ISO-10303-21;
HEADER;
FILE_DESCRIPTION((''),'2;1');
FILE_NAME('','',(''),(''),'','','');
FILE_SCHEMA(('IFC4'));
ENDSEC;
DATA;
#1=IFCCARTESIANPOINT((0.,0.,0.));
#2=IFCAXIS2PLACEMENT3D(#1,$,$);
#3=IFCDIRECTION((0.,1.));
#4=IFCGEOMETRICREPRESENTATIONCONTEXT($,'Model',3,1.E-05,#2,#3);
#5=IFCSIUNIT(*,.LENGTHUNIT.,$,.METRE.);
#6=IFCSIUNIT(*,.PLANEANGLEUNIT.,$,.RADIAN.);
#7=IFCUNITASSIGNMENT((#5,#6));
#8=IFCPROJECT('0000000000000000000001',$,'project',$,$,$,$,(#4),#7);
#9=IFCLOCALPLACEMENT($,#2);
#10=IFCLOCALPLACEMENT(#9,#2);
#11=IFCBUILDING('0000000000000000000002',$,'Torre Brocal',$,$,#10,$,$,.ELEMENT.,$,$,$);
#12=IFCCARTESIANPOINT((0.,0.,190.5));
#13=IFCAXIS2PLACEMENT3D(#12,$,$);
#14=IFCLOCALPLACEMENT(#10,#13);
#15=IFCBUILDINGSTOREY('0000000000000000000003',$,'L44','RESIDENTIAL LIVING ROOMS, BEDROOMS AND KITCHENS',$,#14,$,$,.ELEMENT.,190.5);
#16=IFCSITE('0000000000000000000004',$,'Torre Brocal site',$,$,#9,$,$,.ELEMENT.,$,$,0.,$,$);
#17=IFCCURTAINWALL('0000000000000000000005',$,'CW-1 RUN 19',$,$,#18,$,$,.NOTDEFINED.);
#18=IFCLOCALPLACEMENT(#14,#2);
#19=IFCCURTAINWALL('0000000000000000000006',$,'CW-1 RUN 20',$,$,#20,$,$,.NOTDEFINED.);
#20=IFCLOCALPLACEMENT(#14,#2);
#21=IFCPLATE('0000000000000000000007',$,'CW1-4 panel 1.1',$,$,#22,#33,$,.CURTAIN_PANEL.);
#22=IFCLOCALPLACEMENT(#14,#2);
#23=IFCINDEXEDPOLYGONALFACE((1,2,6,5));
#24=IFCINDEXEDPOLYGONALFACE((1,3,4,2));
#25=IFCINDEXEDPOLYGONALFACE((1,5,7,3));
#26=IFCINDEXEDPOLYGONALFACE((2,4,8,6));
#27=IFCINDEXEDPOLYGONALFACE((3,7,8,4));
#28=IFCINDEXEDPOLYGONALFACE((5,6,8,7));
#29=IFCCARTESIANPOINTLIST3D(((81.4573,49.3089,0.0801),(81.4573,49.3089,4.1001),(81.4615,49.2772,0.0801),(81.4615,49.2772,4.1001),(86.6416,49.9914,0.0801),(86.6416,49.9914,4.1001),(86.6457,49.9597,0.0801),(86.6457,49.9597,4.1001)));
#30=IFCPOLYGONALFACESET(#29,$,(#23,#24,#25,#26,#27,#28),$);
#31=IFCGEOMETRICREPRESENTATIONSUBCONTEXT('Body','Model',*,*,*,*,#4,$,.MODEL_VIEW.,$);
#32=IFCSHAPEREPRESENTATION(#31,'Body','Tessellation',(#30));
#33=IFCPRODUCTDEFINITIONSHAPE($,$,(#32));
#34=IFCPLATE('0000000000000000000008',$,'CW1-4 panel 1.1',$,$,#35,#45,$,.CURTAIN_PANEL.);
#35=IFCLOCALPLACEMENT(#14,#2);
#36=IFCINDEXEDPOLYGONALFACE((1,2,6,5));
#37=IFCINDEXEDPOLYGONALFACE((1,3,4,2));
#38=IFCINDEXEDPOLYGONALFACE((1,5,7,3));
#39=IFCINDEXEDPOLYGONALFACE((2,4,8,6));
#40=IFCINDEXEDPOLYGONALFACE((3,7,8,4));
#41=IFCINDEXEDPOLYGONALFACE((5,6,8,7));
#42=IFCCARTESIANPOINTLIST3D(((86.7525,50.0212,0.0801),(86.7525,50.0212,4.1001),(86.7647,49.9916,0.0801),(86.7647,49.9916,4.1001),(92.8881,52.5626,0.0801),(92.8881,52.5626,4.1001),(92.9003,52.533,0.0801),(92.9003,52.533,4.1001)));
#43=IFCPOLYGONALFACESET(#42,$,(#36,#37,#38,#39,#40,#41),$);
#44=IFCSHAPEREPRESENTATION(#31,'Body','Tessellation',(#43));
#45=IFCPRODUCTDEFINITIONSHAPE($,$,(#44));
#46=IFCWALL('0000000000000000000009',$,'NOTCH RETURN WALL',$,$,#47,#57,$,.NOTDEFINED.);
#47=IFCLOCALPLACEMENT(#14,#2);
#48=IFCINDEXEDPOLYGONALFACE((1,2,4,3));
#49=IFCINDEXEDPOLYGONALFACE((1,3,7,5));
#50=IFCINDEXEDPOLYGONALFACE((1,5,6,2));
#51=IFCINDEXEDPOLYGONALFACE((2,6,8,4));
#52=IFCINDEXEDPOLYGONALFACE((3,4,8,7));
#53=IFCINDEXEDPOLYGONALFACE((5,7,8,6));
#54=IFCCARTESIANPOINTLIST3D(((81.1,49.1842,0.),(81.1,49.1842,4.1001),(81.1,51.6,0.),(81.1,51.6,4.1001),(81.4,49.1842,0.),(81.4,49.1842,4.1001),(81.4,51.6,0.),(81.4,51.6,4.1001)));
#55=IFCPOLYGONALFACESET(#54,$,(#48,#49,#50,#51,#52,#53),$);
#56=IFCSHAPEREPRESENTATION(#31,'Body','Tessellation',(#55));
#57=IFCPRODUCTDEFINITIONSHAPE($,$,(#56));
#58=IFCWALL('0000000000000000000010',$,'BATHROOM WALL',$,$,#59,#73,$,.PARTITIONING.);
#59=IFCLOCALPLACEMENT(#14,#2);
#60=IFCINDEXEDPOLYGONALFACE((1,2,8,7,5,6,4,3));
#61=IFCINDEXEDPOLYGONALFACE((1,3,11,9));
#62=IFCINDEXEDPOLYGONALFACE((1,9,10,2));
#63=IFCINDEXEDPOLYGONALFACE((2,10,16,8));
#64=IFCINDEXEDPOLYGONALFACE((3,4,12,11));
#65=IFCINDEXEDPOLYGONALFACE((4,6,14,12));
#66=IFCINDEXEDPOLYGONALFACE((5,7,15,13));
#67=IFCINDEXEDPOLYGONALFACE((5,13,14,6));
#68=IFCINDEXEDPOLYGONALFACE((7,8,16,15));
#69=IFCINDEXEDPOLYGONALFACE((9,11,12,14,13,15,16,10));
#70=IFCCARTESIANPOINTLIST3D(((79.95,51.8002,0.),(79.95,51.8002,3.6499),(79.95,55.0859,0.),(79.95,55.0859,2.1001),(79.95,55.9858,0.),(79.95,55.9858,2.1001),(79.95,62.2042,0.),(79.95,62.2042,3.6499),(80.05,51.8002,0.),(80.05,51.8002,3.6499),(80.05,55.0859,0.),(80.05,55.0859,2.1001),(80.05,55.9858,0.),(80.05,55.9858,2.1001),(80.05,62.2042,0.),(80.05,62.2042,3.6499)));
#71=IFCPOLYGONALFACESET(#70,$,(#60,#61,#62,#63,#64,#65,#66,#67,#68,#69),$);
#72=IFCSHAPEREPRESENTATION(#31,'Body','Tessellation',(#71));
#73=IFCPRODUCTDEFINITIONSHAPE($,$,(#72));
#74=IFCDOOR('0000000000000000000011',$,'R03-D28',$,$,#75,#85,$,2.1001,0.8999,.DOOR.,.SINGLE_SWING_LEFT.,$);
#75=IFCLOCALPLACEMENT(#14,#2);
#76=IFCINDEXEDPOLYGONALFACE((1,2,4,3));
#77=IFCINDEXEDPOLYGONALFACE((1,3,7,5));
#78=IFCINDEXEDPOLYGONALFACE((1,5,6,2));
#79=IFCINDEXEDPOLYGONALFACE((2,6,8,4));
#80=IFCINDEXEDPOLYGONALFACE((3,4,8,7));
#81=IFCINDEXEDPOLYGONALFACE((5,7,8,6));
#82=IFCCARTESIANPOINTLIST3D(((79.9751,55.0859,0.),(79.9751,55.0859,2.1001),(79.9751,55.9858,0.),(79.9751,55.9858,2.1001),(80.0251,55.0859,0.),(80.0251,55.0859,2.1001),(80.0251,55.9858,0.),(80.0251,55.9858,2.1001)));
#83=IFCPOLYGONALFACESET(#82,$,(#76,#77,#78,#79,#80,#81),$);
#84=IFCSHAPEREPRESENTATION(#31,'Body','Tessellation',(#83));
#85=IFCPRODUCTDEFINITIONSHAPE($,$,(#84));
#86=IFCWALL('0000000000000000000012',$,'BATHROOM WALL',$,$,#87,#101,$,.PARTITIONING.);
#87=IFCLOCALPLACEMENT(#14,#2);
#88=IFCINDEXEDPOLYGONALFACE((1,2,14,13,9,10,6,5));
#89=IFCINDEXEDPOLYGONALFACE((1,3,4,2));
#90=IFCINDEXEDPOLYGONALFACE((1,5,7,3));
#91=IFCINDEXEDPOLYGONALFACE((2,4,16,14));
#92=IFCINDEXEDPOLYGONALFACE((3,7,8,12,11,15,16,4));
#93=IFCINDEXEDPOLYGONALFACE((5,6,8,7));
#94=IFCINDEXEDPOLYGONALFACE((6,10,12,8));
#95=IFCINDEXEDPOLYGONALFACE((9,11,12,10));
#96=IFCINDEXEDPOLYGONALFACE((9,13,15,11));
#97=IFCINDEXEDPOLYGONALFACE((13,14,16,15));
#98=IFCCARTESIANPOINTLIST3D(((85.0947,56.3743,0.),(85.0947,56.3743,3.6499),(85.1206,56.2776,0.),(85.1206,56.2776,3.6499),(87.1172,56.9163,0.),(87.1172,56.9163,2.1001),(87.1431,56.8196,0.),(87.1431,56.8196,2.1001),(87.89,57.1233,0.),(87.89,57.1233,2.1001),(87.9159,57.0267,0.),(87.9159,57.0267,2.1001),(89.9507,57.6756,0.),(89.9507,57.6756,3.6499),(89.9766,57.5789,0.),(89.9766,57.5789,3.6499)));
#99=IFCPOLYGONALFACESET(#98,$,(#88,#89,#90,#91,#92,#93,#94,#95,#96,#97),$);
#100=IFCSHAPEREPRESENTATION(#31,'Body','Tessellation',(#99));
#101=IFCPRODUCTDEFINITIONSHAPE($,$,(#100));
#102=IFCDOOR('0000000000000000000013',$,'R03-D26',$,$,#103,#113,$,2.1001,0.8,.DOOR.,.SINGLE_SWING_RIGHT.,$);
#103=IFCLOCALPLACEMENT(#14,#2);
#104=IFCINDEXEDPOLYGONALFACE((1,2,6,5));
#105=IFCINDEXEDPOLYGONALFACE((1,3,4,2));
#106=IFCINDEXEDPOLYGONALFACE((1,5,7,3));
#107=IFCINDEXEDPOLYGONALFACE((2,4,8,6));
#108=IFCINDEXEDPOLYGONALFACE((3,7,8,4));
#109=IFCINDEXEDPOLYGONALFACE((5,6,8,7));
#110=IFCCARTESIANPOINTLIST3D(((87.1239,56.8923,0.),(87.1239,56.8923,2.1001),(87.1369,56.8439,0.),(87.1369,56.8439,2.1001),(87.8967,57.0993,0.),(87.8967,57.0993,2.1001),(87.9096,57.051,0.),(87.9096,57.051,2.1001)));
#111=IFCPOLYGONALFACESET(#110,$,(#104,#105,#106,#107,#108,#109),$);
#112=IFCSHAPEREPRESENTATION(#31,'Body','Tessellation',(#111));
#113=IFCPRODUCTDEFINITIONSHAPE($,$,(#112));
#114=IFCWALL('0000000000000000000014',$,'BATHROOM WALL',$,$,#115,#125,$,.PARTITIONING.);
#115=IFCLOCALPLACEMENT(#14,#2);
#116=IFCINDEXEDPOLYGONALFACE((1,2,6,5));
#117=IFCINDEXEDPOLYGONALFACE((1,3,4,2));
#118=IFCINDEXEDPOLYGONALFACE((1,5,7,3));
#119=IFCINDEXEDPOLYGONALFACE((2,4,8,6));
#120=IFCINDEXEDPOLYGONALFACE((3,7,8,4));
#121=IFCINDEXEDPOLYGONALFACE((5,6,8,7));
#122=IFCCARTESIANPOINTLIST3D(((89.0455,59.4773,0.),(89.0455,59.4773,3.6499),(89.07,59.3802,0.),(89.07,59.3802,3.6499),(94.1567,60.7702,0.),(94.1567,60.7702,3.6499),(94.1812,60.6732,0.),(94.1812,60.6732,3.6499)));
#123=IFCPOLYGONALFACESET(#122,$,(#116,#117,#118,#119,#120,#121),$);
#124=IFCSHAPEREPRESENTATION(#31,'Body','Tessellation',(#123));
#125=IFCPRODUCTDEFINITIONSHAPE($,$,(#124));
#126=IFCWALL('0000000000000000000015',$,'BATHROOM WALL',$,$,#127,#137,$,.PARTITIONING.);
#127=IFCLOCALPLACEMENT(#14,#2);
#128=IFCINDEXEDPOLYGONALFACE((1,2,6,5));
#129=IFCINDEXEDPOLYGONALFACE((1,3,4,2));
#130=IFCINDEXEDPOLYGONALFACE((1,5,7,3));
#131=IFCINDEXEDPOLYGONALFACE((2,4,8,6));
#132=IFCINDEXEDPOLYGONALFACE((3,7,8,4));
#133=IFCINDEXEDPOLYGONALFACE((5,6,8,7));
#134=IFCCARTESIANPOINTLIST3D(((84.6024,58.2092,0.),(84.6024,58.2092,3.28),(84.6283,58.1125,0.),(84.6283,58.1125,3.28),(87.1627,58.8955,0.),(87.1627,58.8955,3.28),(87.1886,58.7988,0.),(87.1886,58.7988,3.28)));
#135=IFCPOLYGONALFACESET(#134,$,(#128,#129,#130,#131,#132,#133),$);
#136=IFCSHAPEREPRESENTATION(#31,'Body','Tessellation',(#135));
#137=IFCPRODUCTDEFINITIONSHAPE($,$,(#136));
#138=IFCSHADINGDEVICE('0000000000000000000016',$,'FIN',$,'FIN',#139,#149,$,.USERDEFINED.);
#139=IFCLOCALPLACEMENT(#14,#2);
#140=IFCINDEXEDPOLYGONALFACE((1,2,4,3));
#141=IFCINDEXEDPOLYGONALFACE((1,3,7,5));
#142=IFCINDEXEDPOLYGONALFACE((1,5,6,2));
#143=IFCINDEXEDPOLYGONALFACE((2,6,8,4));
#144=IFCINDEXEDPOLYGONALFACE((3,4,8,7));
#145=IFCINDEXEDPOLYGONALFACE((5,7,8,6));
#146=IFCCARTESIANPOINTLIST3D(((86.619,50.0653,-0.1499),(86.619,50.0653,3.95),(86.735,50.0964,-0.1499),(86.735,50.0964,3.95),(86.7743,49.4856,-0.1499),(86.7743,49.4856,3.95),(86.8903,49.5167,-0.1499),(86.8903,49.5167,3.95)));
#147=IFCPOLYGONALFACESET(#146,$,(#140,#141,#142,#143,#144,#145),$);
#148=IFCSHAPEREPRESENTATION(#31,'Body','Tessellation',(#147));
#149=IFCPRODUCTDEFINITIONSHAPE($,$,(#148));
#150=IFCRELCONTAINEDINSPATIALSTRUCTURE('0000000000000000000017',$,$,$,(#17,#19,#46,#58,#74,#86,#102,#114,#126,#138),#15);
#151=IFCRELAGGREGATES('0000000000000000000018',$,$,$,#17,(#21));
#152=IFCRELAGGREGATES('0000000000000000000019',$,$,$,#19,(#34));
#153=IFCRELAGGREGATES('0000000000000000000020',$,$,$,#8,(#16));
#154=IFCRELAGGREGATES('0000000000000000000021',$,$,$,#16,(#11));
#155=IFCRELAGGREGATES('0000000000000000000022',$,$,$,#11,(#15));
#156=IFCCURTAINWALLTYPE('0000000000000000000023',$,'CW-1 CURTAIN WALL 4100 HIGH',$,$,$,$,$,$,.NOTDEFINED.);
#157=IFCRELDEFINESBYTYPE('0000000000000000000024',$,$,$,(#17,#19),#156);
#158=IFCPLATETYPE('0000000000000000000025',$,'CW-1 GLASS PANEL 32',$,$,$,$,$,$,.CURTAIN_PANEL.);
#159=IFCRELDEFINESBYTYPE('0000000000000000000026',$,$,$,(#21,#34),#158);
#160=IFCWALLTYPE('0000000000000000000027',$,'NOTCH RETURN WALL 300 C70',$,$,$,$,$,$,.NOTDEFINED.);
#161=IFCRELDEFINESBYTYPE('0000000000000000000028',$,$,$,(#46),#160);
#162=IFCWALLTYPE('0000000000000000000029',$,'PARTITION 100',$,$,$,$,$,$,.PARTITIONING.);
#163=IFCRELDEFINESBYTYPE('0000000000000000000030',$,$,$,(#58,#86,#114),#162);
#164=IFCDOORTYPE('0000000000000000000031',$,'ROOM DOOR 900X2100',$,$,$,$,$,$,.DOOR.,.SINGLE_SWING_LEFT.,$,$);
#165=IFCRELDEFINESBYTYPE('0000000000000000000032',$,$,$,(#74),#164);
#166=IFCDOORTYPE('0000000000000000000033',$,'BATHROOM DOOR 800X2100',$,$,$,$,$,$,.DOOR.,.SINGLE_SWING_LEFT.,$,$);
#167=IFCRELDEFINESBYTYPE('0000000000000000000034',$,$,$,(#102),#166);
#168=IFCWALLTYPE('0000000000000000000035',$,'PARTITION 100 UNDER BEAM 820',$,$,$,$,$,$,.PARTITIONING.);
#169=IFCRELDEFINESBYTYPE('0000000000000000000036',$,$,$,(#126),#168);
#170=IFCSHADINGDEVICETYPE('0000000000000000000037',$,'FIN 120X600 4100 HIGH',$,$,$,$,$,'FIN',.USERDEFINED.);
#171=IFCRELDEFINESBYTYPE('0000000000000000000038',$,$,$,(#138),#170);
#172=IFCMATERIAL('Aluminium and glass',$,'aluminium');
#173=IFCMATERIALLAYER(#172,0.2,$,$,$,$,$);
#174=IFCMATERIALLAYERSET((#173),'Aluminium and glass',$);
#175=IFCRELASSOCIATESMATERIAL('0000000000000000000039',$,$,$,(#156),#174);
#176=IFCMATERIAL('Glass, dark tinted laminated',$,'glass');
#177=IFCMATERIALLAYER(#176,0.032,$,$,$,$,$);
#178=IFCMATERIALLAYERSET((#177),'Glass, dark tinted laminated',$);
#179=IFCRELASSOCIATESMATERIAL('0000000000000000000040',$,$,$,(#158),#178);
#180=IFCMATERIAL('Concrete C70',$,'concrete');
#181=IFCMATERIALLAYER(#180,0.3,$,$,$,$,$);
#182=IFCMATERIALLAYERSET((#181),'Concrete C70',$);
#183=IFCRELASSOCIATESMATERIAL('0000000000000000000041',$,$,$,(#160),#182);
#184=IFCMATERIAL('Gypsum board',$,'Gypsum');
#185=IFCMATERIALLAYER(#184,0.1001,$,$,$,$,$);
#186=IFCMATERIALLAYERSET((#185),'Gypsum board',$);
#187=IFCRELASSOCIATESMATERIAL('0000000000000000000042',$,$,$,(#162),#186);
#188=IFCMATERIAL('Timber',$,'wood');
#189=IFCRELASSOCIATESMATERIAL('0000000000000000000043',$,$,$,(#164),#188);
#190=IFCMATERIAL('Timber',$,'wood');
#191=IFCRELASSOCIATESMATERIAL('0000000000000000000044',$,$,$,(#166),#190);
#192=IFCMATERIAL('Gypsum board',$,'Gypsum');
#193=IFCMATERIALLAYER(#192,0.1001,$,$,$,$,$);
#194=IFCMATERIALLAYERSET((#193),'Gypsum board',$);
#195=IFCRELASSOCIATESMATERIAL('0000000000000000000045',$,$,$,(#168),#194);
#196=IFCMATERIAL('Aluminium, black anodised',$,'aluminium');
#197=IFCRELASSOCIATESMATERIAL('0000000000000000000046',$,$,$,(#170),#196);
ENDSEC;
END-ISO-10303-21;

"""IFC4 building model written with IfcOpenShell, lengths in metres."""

from ifc_helpers import new_model, si_unit, direction, frame, frame_2d, origin, origin_2d, place, context, subcontext, project, spatial, rectangle, extrude, material, layer, layer_set, material_profile, profile_set, type_object, element, fill, aggregate, save


model = new_model("IFC4")

# Units and contexts
model_context = context("Model", 3, precision=1e-05, world=origin(), true_north=direction((0.0, 1.0)))
body_context = subcontext(model_context, "Body", "Model", "MODEL_VIEW")
ifc_project = project(units=[si_unit("LENGTHUNIT", "METRE"), si_unit("PLANEANGLEUNIT", "RADIAN")], contexts=[model_context])

# Site, building, storey
site_placement = place(None, origin())
site = spatial("IfcSite", under=ifc_project, at=site_placement, Name="Torre Brocal site", CompositionType="ELEMENT", RefElevation=0.0)
building_placement = place(site_placement, origin())
building = spatial("IfcBuilding", under=site, at=building_placement, Name="Torre Brocal", CompositionType="ELEMENT")
storey_placement = place(building_placement, frame((0.0, 0.0, 190.5)))
storey = spatial("IfcBuildingStorey", under=building, at=storey_placement, Name="L44", Description="RESIDENTIAL LIVING ROOMS, BEDROOMS AND KITCHENS", CompositionType="ELEMENT", Elevation=190.5)

# Curtain wall
ifc_material_1 = material(Name="Aluminium and glass", Category="aluminium")
ifc_layer_1 = layer(ifc_material_1, 0.2)
ifc_layer_set_1 = layer_set([ifc_layer_1], Name="Aluminium and glass")
curtain_wall_type = type_object("IfcCurtainWallType", Name="CW-1 CURTAIN WALL 4100 HIGH", PredefinedType="NOTDEFINED", material=ifc_layer_set_1)
curtain_wall_1_placement = place(storey_placement, origin())
curtain_wall_1 = element("IfcCurtainWall", 1, at=curtain_wall_1_placement, inside=storey, type_object=curtain_wall_type, Name="CW-1 RUN 19", PredefinedType="NOTDEFINED")

# Curtain wall
curtain_wall_2_placement = place(storey_placement, origin())
curtain_wall_2 = element("IfcCurtainWall", 2, at=curtain_wall_2_placement, inside=storey, type_object=curtain_wall_type, Name="CW-1 RUN 20", PredefinedType="NOTDEFINED")

# Plates
ifc_material_2 = material(Name="Glass, dark tinted laminated", Category="glass")
ifc_layer_2 = layer(ifc_material_2, 0.032)
ifc_layer_set_2 = layer_set([ifc_layer_2], Name="Glass, dark tinted laminated")
plate_type = type_object("IfcPlateType", Name="CW-1 GLASS PANEL 32", PredefinedType="CURTAIN_PANEL", material=ifc_layer_set_2)
plate_1_placement = place(storey_placement, frame((84.0515, 49.6343, 0.0801), z_axis=(0.0, 0.0, 1.0), x_axis=(0.991445, 0.130526, 0.0)))
plate_1 = element("IfcPlate", 3, at=plate_1_placement, type_object=plate_type, Name="CW1-4 panel 1.1", PredefinedType="CURTAIN_PANEL", context=body_context, shape_type="SweptSolid", body=[
    extrude(rectangle(XDim=5.229, YDim=0.032, at=origin_2d()), origin(), (0.0, 0.0, 1.0), 4.02),
])
aggregate(curtain_wall_1, [plate_1])
plate_2_placement = place(storey_placement, frame((89.8264, 51.2771, 0.0801), z_axis=(0.0, 0.0, 1.0), x_axis=(0.92388, 0.382683, 0.0)))
plate_2 = element("IfcPlate", 4, at=plate_2_placement, type_object=plate_type, Name="CW1-4 panel 1.1", PredefinedType="CURTAIN_PANEL", context=body_context, shape_type="SweptSolid", body=[
    extrude(rectangle(XDim=6.6411, YDim=0.032, at=origin_2d()), origin(), (0.0, 0.0, 1.0), 4.02),
])
aggregate(curtain_wall_2, [plate_2])

# Wall
ifc_material_3 = material(Name="Concrete C70", Category="concrete")
ifc_layer_3 = layer(ifc_material_3, 0.3)
ifc_layer_set_3 = layer_set([ifc_layer_3], Name="Concrete C70")
wall_type_1 = type_object("IfcWallType", Name="NOTCH RETURN WALL 300 C70", PredefinedType="NOTDEFINED", material=ifc_layer_set_3)
wall_1_placement = place(storey_placement, frame((81.25, 51.6001, 0.0), z_axis=(0.0, 0.0, 1.0), x_axis=(0.0, -1.0, 0.0)))
element("IfcWall", 5, at=wall_1_placement, inside=storey, type_object=wall_type_1, Name="NOTCH RETURN WALL", PredefinedType="NOTDEFINED", context=body_context, shape_type="SweptSolid", body=[
    extrude(rectangle(XDim=2.4158, YDim=0.3, at=frame_2d((1.208, 0.0))), origin(), (0.0, 0.0, 1.0), 4.1001),
])

# Walls, openings, doors
ifc_material_4 = material(Name="Gypsum board", Category="Gypsum")
ifc_layer_4 = layer(ifc_material_4, 0.1001)
ifc_layer_set_4 = layer_set([ifc_layer_4], Name="Gypsum board")
wall_type_2 = type_object("IfcWallType", Name="PARTITION 100", PredefinedType="PARTITIONING", material=ifc_layer_set_4)
wall_2_placement = place(storey_placement, frame((80.0, 51.8, 0.0), z_axis=(0.0, 0.0, 1.0), x_axis=(0.0, 1.0, 0.0)))
wall_2 = element("IfcWall", 6, at=wall_2_placement, inside=storey, type_object=wall_type_2, Name="BATHROOM WALL", PredefinedType="PARTITIONING", context=body_context, shape_type="SweptSolid", body=[
    extrude(rectangle(XDim=10.4041, YDim=0.1001, at=frame_2d((5.2021, 0.0))), origin(), (0.0, 0.0, 1.0), 3.6499),
])
opening_1_placement = place(wall_2_placement, frame((3.2859, 0.0, 0.0)))
opening_1 = element("IfcOpeningElement", 7, at=opening_1_placement, cuts=wall_2, PredefinedType="OPENING", context=body_context, shape_type="SweptSolid", body=[
    extrude(rectangle(XDim=0.8999, YDim=2.1001, at=frame_2d((0.45, 1.05))), frame((0.0, 0.0601, 0.0), z_axis=(0.0, -1.0, 0.0), x_axis=(1.0, 0.0, 0.0)), (0.0, 0.0, 1.0), 0.1201),
])
ifc_material_5 = material(Name="Timber", Category="wood")
door_type_1 = type_object("IfcDoorType", Name="ROOM DOOR 900X2100", OperationType="SINGLE_SWING_LEFT", PredefinedType="DOOR", material=ifc_material_5)
door_1_placement = place(opening_1_placement, origin())
door_1 = element("IfcDoor", 8, at=door_1_placement, inside=storey, type_object=door_type_1, Name="R03-D28", OperationType="SINGLE_SWING_LEFT", OverallHeight=2.1001, OverallWidth=0.8999, PredefinedType="DOOR", context=body_context, shape_type="SweptSolid", body=[
    extrude(rectangle(XDim=0.8999, YDim=2.1001, at=frame_2d((0.45, 1.05))), frame((0.0, 0.0249, 0.0), z_axis=(0.0, -1.0, 0.0), x_axis=(1.0, 0.0, 0.0)), (0.0, 0.0, 1.0), 0.05),
])
fill(opening_1, door_1)
wall_3_placement = place(storey_placement, frame((85.1077, 56.3259, 0.0), z_axis=(0.0, 0.0, 1.0), x_axis=(0.96592, 0.258841, 0.0)))
wall_3 = element("IfcWall", 9, at=wall_3_placement, inside=storey, type_object=wall_type_2, Name="BATHROOM WALL", PredefinedType="PARTITIONING", context=body_context, shape_type="SweptSolid", body=[
    extrude(rectangle(XDim=5.0273, YDim=0.1001, at=frame_2d((2.5137, 0.0))), origin(), (0.0, 0.0, 1.0), 3.6499),
])
opening_2_placement = place(wall_3_placement, frame((2.094, 0.0, 0.0)))
opening_2 = element("IfcOpeningElement", 10, at=opening_2_placement, cuts=wall_3, PredefinedType="OPENING", context=body_context, shape_type="SweptSolid", body=[
    extrude(rectangle(XDim=0.8, YDim=2.1001, at=frame_2d((0.3999, 1.05))), frame((0.0, 0.0601, 0.0), z_axis=(0.0, -1.0, 0.0), x_axis=(1.0, 0.0, 0.0)), (0.0, 0.0, 1.0), 0.1201),
])
ifc_material_6 = material(Name="Timber", Category="wood")
door_type_2 = type_object("IfcDoorType", Name="BATHROOM DOOR 800X2100", OperationType="SINGLE_SWING_LEFT", PredefinedType="DOOR", material=ifc_material_6)
door_2_placement = place(opening_2_placement, frame((0.8, 0.0, 0.0), z_axis=(0.0, 0.0, 1.0), x_axis=(-1.0, 0.0, 0.0)))
door_2 = element("IfcDoor", 11, at=door_2_placement, inside=storey, type_object=door_type_2, Name="R03-D26", OperationType="SINGLE_SWING_RIGHT", OverallHeight=2.1001, OverallWidth=0.8, PredefinedType="DOOR", context=body_context, shape_type="SweptSolid", body=[
    extrude(rectangle(XDim=0.8, YDim=2.1001, at=frame_2d((0.3999, 1.05))), frame((0.0, 0.0249, 0.0), z_axis=(0.0, -1.0, 0.0), x_axis=(1.0, 0.0, 0.0)), (0.0, 0.0, 1.0), 0.05),
])
fill(opening_2, door_2)

# Walls
wall_4_placement = place(storey_placement, frame((89.0576, 59.4287, 0.0), z_axis=(0.0, 0.0, 1.0), x_axis=(0.969463, 0.245237, 0.0)))
element("IfcWall", 12, at=wall_4_placement, inside=storey, type_object=wall_type_2, Name="BATHROOM WALL", PredefinedType="PARTITIONING", context=body_context, shape_type="SweptSolid", body=[
    extrude(rectangle(XDim=5.2722, YDim=0.1001, at=frame_2d((2.6362, 0.0))), origin(), (0.0, 0.0, 1.0), 3.6499),
])
ifc_material_7 = material(Name="Gypsum board", Category="Gypsum")
ifc_layer_5 = layer(ifc_material_7, 0.1001)
ifc_layer_set_5 = layer_set([ifc_layer_5], Name="Gypsum board")
wall_type_3 = type_object("IfcWallType", Name="PARTITION 100 UNDER BEAM 820", PredefinedType="PARTITIONING", material=ifc_layer_set_5)
wall_5_placement = place(storey_placement, frame((84.6155, 58.1609, 0.0), z_axis=(0.0, 0.0, 1.0), x_axis=(0.965902, 0.258906, 0.0)))
element("IfcWall", 13, at=wall_5_placement, inside=storey, type_object=wall_type_3, Name="BATHROOM WALL", PredefinedType="PARTITIONING", context=body_context, shape_type="SweptSolid", body=[
    extrude(rectangle(XDim=2.6506, YDim=0.1001, at=frame_2d((1.3252, 0.0))), origin(), (0.0, 0.0, 1.0), 3.28),
])

# Shading device
ifc_material_8 = material(Name="Aluminium, black anodised", Category="aluminium")
ifc_material_profile_1 = material_profile(ifc_material_8, rectangle(XDim=0.1201, YDim=0.6001, at=origin_2d()), Name="FIN 120X600 4100 HIGH")
ifc_profile_set_1 = profile_set([ifc_material_profile_1], Name="Aluminium, black anodised")
shading_device_type = type_object("IfcShadingDeviceType", Name="FIN 120X600 4100 HIGH", ElementType="FIN", PredefinedType="USERDEFINED", material=ifc_profile_set_1)
shading_device_placement = place(storey_placement, frame((86.7546, 49.791, -0.1499), z_axis=(0.0, 0.0, 1.0), x_axis=(0.965926, 0.258819, 0.0)))
element("IfcShadingDevice", 14, at=shading_device_placement, inside=storey, type_object=shading_device_type, Name="FIN", ObjectType="FIN", PredefinedType="USERDEFINED", context=body_context, shape_type="SweptSolid", body=[
    extrude(rectangle(XDim=0.1201, YDim=0.6001, at=origin_2d()), origin(), (0.0, 0.0, 1.0), 4.0999),
])

save(model, "model.ifc")
